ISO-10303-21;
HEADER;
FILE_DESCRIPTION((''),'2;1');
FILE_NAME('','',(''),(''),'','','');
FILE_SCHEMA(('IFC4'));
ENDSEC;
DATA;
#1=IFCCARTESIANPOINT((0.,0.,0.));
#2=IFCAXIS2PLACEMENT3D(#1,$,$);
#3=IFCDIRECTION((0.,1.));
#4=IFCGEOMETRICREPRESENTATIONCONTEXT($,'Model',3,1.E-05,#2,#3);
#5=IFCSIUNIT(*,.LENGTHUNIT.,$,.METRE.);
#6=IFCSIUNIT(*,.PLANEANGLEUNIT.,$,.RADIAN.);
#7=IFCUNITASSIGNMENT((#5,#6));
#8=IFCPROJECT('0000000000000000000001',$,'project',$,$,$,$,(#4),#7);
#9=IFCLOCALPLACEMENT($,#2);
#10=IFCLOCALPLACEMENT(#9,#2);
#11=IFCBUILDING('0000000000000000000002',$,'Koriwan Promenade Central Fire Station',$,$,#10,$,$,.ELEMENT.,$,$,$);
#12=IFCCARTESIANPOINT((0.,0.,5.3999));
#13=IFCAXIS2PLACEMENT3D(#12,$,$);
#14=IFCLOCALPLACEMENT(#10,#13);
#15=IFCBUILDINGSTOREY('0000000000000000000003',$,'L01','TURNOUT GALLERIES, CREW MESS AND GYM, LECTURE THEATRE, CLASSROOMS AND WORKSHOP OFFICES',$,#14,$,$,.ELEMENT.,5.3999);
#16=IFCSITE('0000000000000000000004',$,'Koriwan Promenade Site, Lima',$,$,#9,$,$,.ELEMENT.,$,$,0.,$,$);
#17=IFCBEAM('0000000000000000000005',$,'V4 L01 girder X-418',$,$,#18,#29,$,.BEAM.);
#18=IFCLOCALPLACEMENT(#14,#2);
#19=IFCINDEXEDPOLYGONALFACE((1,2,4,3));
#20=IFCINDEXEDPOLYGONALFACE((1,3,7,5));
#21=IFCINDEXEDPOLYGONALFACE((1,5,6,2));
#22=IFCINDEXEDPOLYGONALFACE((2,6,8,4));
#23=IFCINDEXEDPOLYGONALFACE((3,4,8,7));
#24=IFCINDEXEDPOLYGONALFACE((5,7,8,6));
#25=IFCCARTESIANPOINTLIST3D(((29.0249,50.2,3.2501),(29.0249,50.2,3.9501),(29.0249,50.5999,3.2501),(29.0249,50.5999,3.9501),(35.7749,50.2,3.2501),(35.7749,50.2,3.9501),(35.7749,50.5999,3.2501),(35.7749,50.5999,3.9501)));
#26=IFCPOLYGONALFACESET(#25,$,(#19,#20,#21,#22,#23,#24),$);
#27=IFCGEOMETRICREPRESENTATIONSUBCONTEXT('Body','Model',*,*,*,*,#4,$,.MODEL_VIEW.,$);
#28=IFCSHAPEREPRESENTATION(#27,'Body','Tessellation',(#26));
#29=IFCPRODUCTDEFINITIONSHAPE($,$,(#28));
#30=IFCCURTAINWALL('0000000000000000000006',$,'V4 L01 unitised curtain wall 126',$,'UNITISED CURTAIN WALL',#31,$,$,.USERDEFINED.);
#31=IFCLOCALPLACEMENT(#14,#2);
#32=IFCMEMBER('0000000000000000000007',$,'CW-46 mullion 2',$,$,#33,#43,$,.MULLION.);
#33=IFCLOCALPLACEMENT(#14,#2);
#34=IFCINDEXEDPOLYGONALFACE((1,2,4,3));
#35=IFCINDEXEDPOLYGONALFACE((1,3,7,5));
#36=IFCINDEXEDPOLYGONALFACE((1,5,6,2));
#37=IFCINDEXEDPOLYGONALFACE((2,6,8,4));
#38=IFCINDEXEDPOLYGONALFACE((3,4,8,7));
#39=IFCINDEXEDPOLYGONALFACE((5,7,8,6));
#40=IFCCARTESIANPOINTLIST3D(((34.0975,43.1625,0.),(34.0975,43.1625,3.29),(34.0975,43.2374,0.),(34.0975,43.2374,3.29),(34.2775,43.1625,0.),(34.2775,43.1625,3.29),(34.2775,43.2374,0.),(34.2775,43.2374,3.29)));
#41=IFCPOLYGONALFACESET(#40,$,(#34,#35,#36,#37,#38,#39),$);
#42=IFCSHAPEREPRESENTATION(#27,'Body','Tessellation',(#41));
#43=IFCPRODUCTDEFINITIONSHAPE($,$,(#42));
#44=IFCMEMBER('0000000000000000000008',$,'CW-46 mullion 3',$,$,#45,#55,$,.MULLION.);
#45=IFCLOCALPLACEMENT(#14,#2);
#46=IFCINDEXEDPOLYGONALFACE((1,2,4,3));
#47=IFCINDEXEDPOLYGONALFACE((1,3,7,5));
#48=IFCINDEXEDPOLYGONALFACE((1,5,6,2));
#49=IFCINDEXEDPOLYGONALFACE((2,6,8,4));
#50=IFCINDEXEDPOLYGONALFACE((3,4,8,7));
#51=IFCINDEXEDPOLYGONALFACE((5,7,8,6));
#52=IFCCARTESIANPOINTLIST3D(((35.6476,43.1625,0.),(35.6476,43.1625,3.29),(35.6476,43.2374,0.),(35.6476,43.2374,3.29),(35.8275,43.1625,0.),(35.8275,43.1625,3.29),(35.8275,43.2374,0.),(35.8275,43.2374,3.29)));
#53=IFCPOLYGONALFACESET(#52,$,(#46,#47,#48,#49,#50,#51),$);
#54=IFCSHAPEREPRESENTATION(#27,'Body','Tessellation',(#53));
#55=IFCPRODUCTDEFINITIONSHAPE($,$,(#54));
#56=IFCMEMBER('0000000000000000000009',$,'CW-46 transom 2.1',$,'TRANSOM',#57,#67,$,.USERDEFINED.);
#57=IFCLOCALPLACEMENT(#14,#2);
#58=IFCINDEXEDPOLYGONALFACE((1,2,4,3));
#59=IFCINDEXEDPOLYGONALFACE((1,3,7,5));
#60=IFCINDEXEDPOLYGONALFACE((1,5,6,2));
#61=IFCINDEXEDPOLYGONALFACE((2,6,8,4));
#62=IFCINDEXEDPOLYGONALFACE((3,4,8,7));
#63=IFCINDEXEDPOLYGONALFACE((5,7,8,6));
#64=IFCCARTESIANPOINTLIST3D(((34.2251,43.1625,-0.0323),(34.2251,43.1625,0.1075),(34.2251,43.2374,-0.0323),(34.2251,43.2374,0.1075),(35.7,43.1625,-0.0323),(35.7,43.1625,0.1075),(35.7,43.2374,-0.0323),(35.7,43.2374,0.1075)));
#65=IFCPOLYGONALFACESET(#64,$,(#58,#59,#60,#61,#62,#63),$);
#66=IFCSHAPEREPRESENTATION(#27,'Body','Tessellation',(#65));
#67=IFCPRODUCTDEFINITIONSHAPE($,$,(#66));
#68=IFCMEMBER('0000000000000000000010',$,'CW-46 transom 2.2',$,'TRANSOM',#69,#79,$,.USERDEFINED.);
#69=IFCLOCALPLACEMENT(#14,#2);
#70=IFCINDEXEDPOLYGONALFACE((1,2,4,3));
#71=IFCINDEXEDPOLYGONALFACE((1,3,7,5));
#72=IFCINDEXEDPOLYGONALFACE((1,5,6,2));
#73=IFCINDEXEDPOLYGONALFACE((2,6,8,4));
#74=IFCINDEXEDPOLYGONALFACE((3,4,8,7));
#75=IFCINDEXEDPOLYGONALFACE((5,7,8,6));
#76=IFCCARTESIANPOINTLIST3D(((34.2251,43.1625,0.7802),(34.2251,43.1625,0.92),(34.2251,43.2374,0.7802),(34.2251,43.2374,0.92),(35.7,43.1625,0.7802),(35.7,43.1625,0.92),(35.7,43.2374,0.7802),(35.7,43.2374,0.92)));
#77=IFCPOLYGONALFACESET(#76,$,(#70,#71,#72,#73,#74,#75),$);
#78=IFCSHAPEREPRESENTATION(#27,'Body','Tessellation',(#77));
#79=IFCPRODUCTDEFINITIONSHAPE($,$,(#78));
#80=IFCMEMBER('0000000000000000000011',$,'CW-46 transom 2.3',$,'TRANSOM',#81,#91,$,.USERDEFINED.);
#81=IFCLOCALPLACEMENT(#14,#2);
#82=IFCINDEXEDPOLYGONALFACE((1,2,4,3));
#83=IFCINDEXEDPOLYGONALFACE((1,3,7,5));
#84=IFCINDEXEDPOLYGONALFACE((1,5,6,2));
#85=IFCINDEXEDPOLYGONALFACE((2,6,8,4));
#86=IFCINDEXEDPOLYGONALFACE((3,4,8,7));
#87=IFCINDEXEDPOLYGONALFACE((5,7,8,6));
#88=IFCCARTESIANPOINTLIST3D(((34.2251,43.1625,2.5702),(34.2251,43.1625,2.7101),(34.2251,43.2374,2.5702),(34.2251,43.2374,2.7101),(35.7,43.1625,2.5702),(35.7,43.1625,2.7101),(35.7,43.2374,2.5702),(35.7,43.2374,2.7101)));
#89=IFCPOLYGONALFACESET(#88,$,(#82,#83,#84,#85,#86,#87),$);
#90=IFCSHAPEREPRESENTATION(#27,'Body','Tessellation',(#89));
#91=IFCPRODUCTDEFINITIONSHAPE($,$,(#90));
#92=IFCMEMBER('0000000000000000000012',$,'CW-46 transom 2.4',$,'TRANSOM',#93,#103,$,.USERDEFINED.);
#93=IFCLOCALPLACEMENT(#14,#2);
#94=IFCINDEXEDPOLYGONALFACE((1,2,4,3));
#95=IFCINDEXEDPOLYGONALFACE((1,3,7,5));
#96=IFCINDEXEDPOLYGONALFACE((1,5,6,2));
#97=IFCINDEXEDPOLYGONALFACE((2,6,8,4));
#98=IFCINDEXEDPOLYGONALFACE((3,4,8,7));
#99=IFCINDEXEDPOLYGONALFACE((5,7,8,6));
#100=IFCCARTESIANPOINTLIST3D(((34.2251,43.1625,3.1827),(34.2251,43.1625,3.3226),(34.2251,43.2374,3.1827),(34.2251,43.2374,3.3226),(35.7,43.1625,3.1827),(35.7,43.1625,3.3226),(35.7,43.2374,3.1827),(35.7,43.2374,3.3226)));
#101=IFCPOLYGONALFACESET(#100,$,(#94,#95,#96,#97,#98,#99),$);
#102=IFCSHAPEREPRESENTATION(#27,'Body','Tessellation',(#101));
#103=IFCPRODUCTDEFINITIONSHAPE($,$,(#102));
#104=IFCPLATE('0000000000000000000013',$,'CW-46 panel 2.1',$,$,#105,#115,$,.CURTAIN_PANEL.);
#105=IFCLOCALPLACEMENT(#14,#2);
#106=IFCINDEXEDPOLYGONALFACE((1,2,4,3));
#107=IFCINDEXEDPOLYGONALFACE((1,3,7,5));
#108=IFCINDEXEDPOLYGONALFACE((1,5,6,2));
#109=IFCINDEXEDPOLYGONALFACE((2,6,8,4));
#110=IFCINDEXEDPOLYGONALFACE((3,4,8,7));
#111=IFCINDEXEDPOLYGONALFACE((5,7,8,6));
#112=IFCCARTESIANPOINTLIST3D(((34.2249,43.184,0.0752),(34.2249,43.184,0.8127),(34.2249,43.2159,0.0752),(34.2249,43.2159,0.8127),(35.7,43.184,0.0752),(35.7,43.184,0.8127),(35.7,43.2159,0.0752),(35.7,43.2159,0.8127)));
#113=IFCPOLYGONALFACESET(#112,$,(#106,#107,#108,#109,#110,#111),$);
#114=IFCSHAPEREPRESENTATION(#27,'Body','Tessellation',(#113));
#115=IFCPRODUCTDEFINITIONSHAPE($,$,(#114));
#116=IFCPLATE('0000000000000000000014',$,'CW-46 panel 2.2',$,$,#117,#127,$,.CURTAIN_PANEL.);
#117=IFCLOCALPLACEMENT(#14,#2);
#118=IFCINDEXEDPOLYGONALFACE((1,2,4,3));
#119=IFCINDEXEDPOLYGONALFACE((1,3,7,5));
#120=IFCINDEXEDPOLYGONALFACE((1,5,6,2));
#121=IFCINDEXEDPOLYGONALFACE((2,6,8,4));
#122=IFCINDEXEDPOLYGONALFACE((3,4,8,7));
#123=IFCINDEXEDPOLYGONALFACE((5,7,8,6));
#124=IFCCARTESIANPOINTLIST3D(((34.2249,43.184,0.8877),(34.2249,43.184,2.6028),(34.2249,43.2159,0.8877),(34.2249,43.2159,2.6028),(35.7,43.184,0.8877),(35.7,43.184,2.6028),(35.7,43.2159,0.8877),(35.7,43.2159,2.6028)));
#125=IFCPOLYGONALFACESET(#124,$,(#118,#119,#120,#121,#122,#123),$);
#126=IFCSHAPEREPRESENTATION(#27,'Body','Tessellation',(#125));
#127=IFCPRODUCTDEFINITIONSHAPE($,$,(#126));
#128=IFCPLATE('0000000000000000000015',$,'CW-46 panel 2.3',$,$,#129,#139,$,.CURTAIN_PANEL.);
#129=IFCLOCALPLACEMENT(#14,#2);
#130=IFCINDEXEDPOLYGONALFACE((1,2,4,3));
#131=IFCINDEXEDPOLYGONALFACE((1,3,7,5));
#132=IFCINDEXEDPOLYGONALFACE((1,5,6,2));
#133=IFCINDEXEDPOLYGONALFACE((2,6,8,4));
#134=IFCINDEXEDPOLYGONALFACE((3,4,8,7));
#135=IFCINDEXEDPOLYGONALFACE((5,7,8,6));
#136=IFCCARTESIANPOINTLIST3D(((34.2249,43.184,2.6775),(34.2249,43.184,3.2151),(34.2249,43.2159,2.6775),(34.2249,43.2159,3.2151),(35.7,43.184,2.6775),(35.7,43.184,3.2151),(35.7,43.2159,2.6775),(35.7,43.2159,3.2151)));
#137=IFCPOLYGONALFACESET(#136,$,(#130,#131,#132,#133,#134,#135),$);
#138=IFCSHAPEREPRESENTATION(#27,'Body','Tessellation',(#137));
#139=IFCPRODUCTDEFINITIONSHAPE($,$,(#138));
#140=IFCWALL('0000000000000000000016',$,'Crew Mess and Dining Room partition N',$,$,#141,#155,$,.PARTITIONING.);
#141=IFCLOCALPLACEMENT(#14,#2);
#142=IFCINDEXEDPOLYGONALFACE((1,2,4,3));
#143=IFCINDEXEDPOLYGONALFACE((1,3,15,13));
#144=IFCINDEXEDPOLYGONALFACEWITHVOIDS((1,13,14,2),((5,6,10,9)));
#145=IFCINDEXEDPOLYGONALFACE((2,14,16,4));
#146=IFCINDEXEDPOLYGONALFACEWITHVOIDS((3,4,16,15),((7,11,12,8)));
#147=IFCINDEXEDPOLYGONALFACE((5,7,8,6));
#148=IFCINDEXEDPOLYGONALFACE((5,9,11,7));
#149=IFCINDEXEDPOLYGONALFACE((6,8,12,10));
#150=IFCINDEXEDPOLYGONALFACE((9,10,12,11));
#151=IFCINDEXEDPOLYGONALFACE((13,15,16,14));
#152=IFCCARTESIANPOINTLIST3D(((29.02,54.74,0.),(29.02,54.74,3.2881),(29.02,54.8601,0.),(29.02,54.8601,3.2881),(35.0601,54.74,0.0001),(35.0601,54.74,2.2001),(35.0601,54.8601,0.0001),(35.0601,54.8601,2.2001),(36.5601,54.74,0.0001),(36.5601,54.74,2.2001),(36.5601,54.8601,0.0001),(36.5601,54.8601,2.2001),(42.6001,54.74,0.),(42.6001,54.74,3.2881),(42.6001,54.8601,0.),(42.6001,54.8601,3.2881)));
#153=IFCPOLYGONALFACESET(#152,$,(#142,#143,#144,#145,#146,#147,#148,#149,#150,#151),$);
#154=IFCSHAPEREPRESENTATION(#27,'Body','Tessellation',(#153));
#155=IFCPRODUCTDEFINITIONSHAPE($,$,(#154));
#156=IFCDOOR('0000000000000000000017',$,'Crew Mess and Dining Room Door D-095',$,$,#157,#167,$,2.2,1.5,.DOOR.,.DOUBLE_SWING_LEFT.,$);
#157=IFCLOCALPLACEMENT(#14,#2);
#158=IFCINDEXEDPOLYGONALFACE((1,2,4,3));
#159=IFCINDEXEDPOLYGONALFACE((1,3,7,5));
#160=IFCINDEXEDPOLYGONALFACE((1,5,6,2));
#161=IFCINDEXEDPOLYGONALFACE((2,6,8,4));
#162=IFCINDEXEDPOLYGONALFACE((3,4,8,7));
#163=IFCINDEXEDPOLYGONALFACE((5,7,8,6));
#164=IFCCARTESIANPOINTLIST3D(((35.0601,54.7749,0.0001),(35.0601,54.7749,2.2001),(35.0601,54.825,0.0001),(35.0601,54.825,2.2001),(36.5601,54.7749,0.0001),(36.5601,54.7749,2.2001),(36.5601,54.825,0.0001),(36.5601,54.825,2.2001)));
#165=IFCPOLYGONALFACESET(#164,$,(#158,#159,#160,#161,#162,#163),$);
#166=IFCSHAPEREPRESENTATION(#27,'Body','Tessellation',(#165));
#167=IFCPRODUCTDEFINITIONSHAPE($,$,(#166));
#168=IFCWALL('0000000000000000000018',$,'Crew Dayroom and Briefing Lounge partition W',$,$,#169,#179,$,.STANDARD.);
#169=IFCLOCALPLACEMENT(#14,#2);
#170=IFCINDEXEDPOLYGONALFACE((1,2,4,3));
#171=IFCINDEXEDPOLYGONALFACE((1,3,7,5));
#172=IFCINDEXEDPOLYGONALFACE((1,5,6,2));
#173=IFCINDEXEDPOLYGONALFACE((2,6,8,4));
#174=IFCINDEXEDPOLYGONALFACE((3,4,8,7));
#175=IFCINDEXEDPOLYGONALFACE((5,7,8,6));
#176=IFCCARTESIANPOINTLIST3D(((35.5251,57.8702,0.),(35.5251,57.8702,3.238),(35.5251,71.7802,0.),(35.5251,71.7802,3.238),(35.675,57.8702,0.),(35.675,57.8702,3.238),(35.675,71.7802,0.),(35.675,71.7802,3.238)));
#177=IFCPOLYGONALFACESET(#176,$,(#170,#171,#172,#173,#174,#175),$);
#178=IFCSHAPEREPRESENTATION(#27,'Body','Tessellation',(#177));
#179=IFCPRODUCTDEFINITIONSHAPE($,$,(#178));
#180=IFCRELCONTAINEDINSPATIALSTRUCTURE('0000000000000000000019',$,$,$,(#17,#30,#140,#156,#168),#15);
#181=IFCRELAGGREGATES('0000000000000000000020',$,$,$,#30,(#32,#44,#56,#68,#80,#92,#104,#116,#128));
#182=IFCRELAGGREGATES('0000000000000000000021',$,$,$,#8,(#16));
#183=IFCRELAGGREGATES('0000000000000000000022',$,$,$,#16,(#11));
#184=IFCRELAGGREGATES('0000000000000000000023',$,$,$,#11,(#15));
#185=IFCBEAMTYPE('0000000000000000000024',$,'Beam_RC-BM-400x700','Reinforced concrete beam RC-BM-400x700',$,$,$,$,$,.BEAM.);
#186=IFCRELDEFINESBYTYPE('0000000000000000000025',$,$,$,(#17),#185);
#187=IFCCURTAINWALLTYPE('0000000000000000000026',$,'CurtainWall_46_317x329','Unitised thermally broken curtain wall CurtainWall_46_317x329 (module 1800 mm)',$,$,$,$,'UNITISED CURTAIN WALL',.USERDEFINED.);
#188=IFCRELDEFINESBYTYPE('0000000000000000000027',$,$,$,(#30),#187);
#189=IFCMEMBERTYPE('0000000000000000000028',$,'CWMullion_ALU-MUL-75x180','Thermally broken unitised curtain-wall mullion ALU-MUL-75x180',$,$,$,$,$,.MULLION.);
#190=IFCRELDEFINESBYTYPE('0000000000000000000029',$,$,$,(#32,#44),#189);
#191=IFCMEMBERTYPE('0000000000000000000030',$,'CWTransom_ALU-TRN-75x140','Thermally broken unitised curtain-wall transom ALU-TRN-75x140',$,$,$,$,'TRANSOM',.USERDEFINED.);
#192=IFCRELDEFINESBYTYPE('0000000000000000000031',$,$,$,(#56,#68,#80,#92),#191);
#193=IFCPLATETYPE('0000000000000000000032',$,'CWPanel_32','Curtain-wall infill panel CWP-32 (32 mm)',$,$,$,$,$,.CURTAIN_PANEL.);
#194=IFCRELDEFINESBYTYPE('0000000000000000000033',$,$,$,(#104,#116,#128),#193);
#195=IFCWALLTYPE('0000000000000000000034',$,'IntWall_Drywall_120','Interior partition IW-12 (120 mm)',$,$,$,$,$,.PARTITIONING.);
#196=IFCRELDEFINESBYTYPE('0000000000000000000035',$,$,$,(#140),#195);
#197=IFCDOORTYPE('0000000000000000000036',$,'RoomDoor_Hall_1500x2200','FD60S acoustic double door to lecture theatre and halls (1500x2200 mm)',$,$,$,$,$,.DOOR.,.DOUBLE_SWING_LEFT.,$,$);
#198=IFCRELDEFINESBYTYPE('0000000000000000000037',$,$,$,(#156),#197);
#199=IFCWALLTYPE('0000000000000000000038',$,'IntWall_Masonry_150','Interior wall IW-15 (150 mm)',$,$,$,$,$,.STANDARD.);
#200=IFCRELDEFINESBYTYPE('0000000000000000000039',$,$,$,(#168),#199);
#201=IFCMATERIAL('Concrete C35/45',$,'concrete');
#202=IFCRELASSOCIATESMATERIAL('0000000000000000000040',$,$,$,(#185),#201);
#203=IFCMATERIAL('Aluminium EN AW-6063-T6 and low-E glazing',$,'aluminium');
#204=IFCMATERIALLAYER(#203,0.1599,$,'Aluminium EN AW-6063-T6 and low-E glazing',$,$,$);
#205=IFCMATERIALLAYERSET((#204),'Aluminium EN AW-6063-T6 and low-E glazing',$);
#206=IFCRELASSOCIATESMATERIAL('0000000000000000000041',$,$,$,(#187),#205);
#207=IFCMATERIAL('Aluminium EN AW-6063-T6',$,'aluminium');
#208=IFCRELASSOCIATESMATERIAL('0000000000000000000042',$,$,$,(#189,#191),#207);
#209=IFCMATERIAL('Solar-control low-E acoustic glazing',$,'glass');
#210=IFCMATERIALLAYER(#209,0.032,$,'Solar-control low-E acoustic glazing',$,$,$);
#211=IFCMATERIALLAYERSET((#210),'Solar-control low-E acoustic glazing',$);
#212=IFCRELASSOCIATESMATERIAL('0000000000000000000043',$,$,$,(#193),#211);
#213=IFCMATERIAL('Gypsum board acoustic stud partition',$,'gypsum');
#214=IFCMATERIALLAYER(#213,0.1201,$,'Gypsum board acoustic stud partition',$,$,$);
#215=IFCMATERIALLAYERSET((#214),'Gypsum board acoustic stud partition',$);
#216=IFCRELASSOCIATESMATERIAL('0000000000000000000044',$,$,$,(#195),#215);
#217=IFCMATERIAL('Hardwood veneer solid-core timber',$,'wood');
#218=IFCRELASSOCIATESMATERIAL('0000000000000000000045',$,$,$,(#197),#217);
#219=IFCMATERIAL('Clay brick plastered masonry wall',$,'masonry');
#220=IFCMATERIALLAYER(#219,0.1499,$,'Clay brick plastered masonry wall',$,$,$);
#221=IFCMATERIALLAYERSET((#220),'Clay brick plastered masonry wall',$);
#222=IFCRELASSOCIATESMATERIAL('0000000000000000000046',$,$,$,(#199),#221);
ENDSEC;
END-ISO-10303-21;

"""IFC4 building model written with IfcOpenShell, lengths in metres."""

from ifc_helpers import new_model, si_unit, direction, frame, frame_2d, origin, origin_2d, place, context, subcontext, project, spatial, rectangle, extrude, material, layer, layer_set, material_profile, profile_set, type_object, element, fill, aggregate, save


model = new_model("IFC4")

# Units and contexts
model_context = context("Model", 3, precision=1e-05, world=origin(), true_north=direction((0.0, 1.0)))
body_context = subcontext(model_context, "Body", "Model", "MODEL_VIEW")
ifc_project = project(units=[si_unit("LENGTHUNIT", "METRE"), si_unit("PLANEANGLEUNIT", "RADIAN")], contexts=[model_context])

# Site, building, storey
site_placement = place(None, origin())
site = spatial("IfcSite", under=ifc_project, at=site_placement, Name="Koriwan Promenade Site, Lima", CompositionType="ELEMENT", RefElevation=0.0)
building_placement = place(site_placement, origin())
building = spatial("IfcBuilding", under=site, at=building_placement, Name="Koriwan Promenade Central Fire Station", CompositionType="ELEMENT")
storey_placement = place(building_placement, frame((0.0, 0.0, 5.3999)))
storey = spatial("IfcBuildingStorey", under=building, at=storey_placement, Name="L01", Description="TURNOUT GALLERIES, CREW MESS AND GYM, LECTURE THEATRE, CLASSROOMS AND WORKSHOP OFFICES", CompositionType="ELEMENT", Elevation=5.3999)

# Beam
ifc_material_1 = material(Name="Concrete C35/45", Category="concrete")
ifc_material_profile_1 = material_profile(ifc_material_1, rectangle(XDim=0.3999, YDim=0.7, at=origin_2d()), Name="RC-BM-400x700")
ifc_profile_set_1 = profile_set([ifc_material_profile_1], Name="Concrete C35/45")
beam_type = type_object("IfcBeamType", Name="Beam_RC-BM-400x700", Description="Reinforced concrete beam RC-BM-400x700", PredefinedType="BEAM", material=ifc_profile_set_1)
beam_placement = place(storey_placement, frame((29.0249, 50.3999, 3.6001), z_axis=(1.0, 0.0, 0.0), x_axis=(0.0, 1.0, 0.0)))
element("IfcBeam", 1, at=beam_placement, inside=storey, type_object=beam_type, Name="V4 L01 girder X-418", PredefinedType="BEAM", context=body_context, shape_type="SweptSolid", body=[
    extrude(rectangle(XDim=0.3999, YDim=0.7, at=origin_2d()), origin(), (0.0, 0.0, 1.0), 6.75),
])

# Curtain wall, members, plates
ifc_material_2 = material(Name="Aluminium EN AW-6063-T6 and low-E glazing", Category="aluminium")
ifc_layer_1 = layer(ifc_material_2, 0.1599, Name="Aluminium EN AW-6063-T6 and low-E glazing")
ifc_layer_set_1 = layer_set([ifc_layer_1], Name="Aluminium EN AW-6063-T6 and low-E glazing")
curtain_wall_type = type_object("IfcCurtainWallType", Name="CurtainWall_46_317x329", Description="Unitised thermally broken curtain wall CurtainWall_46_317x329 (module 1800 mm)", ElementType="UNITISED CURTAIN WALL", PredefinedType="USERDEFINED", material=ifc_layer_set_1)
curtain_wall_placement = place(storey_placement, origin())
curtain_wall = element("IfcCurtainWall", 2, at=curtain_wall_placement, inside=storey, type_object=curtain_wall_type, Name="V4 L01 unitised curtain wall 126", ObjectType="UNITISED CURTAIN WALL", PredefinedType="USERDEFINED")
ifc_material_3 = material(Name="Aluminium EN AW-6063-T6", Category="aluminium")
ifc_material_profile_2 = material_profile(ifc_material_3, rectangle(XDim=0.075, YDim=0.1799, at=origin_2d()), Name="ALU-MUL-75x180")
ifc_profile_set_2 = profile_set([ifc_material_profile_2], Name="Aluminium EN AW-6063-T6")
member_type_1 = type_object("IfcMemberType", Name="CWMullion_ALU-MUL-75x180", Description="Thermally broken unitised curtain-wall mullion ALU-MUL-75x180", PredefinedType="MULLION", material=ifc_profile_set_2)
member_1_placement = place(storey_placement, frame((34.1875, 43.2, 0.0), z_axis=(0.0, 0.0, 1.0), x_axis=(0.0, 1.0, 0.0)))
member_1 = element("IfcMember", 3, at=member_1_placement, type_object=member_type_1, Name="CW-46 mullion 2", PredefinedType="MULLION", context=body_context, shape_type="SweptSolid", body=[
    extrude(rectangle(XDim=0.075, YDim=0.1799, at=origin_2d()), origin(), (0.0, 0.0, 1.0), 3.29),
])
member_2_placement = place(storey_placement, frame((35.7375, 43.2, 0.0), z_axis=(0.0, 0.0, 1.0), x_axis=(0.0, 1.0, 0.0)))
member_2 = element("IfcMember", 4, at=member_2_placement, type_object=member_type_1, Name="CW-46 mullion 3", PredefinedType="MULLION", context=body_context, shape_type="SweptSolid", body=[
    extrude(rectangle(XDim=0.075, YDim=0.1799, at=origin_2d()), origin(), (0.0, 0.0, 1.0), 3.29),
])
ifc_material_profile_3 = material_profile(ifc_material_3, rectangle(XDim=0.075, YDim=0.1399, at=origin_2d()), Name="ALU-TRN-75x140")
ifc_profile_set_3 = profile_set([ifc_material_profile_3], Name="Aluminium EN AW-6063-T6")
member_type_2 = type_object("IfcMemberType", Name="CWTransom_ALU-TRN-75x140", Description="Thermally broken unitised curtain-wall transom ALU-TRN-75x140", ElementType="TRANSOM", PredefinedType="USERDEFINED", material=ifc_profile_set_3)
member_3_placement = place(storey_placement, frame((34.2251, 43.2, 0.0376), z_axis=(1.0, 0.0, 0.0), x_axis=(0.0, 1.0, 0.0)))
member_3 = element("IfcMember", 5, at=member_3_placement, type_object=member_type_2, Name="CW-46 transom 2.1", ObjectType="TRANSOM", PredefinedType="USERDEFINED", context=body_context, shape_type="SweptSolid", body=[
    extrude(rectangle(XDim=0.075, YDim=0.1399, at=origin_2d()), origin(), (0.0, 0.0, 1.0), 1.4749),
])
member_4_placement = place(storey_placement, frame((34.2251, 43.2, 0.8501), z_axis=(1.0, 0.0, 0.0), x_axis=(0.0, 1.0, 0.0)))
member_4 = element("IfcMember", 6, at=member_4_placement, type_object=member_type_2, Name="CW-46 transom 2.2", ObjectType="TRANSOM", PredefinedType="USERDEFINED", context=body_context, shape_type="SweptSolid", body=[
    extrude(rectangle(XDim=0.075, YDim=0.1399, at=origin_2d()), origin(), (0.0, 0.0, 1.0), 1.4749),
])
member_5_placement = place(storey_placement, frame((34.2251, 43.2, 2.6401), z_axis=(1.0, 0.0, 0.0), x_axis=(0.0, 1.0, 0.0)))
member_5 = element("IfcMember", 7, at=member_5_placement, type_object=member_type_2, Name="CW-46 transom 2.3", ObjectType="TRANSOM", PredefinedType="USERDEFINED", context=body_context, shape_type="SweptSolid", body=[
    extrude(rectangle(XDim=0.075, YDim=0.1399, at=origin_2d()), origin(), (0.0, 0.0, 1.0), 1.4749),
])
member_6_placement = place(storey_placement, frame((34.2251, 43.2, 3.2527), z_axis=(1.0, 0.0, 0.0), x_axis=(0.0, 1.0, 0.0)))
member_6 = element("IfcMember", 8, at=member_6_placement, type_object=member_type_2, Name="CW-46 transom 2.4", ObjectType="TRANSOM", PredefinedType="USERDEFINED", context=body_context, shape_type="SweptSolid", body=[
    extrude(rectangle(XDim=0.075, YDim=0.1399, at=origin_2d()), origin(), (0.0, 0.0, 1.0), 1.4749),
])
ifc_material_4 = material(Name="Solar-control low-E acoustic glazing", Category="glass")
ifc_layer_2 = layer(ifc_material_4, 0.032, Name="Solar-control low-E acoustic glazing")
ifc_layer_set_2 = layer_set([ifc_layer_2], Name="Solar-control low-E acoustic glazing")
plate_type = type_object("IfcPlateType", Name="CWPanel_32", Description="Curtain-wall infill panel CWP-32 (32 mm)", PredefinedType="CURTAIN_PANEL", material=ifc_layer_set_2)
plate_1_placement = place(storey_placement, frame((34.9624, 43.2, 0.0752), z_axis=(0.0, 0.0, 1.0), x_axis=(1.0, 0.0, 0.0)))
plate_1 = element("IfcPlate", 9, at=plate_1_placement, type_object=plate_type, Name="CW-46 panel 2.1", PredefinedType="CURTAIN_PANEL", context=body_context, shape_type="SweptSolid", body=[
    extrude(rectangle(XDim=1.4751, YDim=0.032, at=origin_2d()), origin(), (0.0, 0.0, 1.0), 0.7375),
])
plate_2_placement = place(storey_placement, frame((34.9624, 43.2, 0.8877), z_axis=(0.0, 0.0, 1.0), x_axis=(1.0, 0.0, 0.0)))
plate_2 = element("IfcPlate", 10, at=plate_2_placement, type_object=plate_type, Name="CW-46 panel 2.2", PredefinedType="CURTAIN_PANEL", context=body_context, shape_type="SweptSolid", body=[
    extrude(rectangle(XDim=1.4751, YDim=0.032, at=origin_2d()), origin(), (0.0, 0.0, 1.0), 1.7151),
])
plate_3_placement = place(storey_placement, frame((34.9624, 43.2, 2.6775), z_axis=(0.0, 0.0, 1.0), x_axis=(1.0, 0.0, 0.0)))
plate_3 = element("IfcPlate", 11, at=plate_3_placement, type_object=plate_type, Name="CW-46 panel 2.3", PredefinedType="CURTAIN_PANEL", context=body_context, shape_type="SweptSolid", body=[
    extrude(rectangle(XDim=1.4751, YDim=0.032, at=origin_2d()), origin(), (0.0, 0.0, 1.0), 0.5376),
])
aggregate(curtain_wall, [member_1, member_2, member_3, member_4, member_5, member_6, plate_1, plate_2, plate_3])

# Wall, opening, door
ifc_material_5 = material(Name="Gypsum board acoustic stud partition", Category="gypsum")
ifc_layer_3 = layer(ifc_material_5, 0.1201, Name="Gypsum board acoustic stud partition")
ifc_layer_set_3 = layer_set([ifc_layer_3], Name="Gypsum board acoustic stud partition")
wall_type_1 = type_object("IfcWallType", Name="IntWall_Drywall_120", Description="Interior partition IW-12 (120 mm)", PredefinedType="PARTITIONING", material=ifc_layer_set_3)
wall_1_placement = place(storey_placement, frame((29.02, 54.8, 0.0), z_axis=(0.0, 0.0, 1.0), x_axis=(1.0, 0.0, 0.0)))
wall_1 = element("IfcWall", 12, at=wall_1_placement, inside=storey, type_object=wall_type_1, Name="Crew Mess and Dining Room partition N", PredefinedType="PARTITIONING", context=body_context, shape_type="SweptSolid", body=[
    extrude(rectangle(XDim=13.5801, YDim=0.1201, at=frame_2d((6.79, 0.0))), origin(), (0.0, 0.0, 1.0), 3.2881),
])
opening_1_placement = place(wall_1_placement, frame((6.04, 0.0, 0.0)))
opening_1 = element("IfcOpeningElement", 13, at=opening_1_placement, cuts=wall_1, PredefinedType="OPENING", context=body_context, shape_type="SweptSolid", body=[
    extrude(rectangle(XDim=1.5, YDim=2.2, at=frame_2d((0.75, 1.1001))), frame((0.0, 0.072, 0.0), z_axis=(0.0, -1.0, 0.0), x_axis=(1.0, 0.0, 0.0)), (0.0, 0.0, 1.0), 0.144),
])
ifc_material_6 = material(Name="Hardwood veneer solid-core timber", Category="wood")
door_type_1 = type_object("IfcDoorType", Name="RoomDoor_Hall_1500x2200", Description="FD60S acoustic double door to lecture theatre and halls (1500x2200 mm)", OperationType="DOUBLE_SWING_LEFT", PredefinedType="DOOR", material=ifc_material_6)
door_1_placement = place(opening_1_placement, origin())
door_1 = element("IfcDoor", 14, at=door_1_placement, inside=storey, type_object=door_type_1, Name="Crew Mess and Dining Room Door D-095", OperationType="DOUBLE_SWING_LEFT", OverallHeight=2.2, OverallWidth=1.5, PredefinedType="DOOR", context=body_context, shape_type="SweptSolid", body=[
    extrude(rectangle(XDim=1.5, YDim=2.2, at=frame_2d((0.75, 1.1001))), frame((0.0, 0.0249, 0.0), z_axis=(0.0, -1.0, 0.0), x_axis=(1.0, 0.0, 0.0)), (0.0, 0.0, 1.0), 0.05),
])
fill(opening_1, door_1)

# Wall
ifc_material_7 = material(Name="Clay brick plastered masonry wall", Category="masonry")
ifc_layer_4 = layer(ifc_material_7, 0.1499, Name="Clay brick plastered masonry wall")
ifc_layer_set_4 = layer_set([ifc_layer_4], Name="Clay brick plastered masonry wall")
wall_type_2 = type_object("IfcWallType", Name="IntWall_Masonry_150", Description="Interior wall IW-15 (150 mm)", PredefinedType="STANDARD", material=ifc_layer_set_4)
wall_2_placement = place(storey_placement, frame((35.6001, 57.8701, 0.0), z_axis=(0.0, 0.0, 1.0), x_axis=(0.0, 1.0, 0.0)))
element("IfcWall", 15, at=wall_2_placement, inside=storey, type_object=wall_type_2, Name="Crew Dayroom and Briefing Lounge partition W", PredefinedType="STANDARD", context=body_context, shape_type="SweptSolid", body=[
    extrude(rectangle(XDim=13.9099, YDim=0.1499, at=frame_2d((6.9551, 0.0))), origin(), (0.0, 0.0, 1.0), 3.238),
])

save(model, "model.ifc")
